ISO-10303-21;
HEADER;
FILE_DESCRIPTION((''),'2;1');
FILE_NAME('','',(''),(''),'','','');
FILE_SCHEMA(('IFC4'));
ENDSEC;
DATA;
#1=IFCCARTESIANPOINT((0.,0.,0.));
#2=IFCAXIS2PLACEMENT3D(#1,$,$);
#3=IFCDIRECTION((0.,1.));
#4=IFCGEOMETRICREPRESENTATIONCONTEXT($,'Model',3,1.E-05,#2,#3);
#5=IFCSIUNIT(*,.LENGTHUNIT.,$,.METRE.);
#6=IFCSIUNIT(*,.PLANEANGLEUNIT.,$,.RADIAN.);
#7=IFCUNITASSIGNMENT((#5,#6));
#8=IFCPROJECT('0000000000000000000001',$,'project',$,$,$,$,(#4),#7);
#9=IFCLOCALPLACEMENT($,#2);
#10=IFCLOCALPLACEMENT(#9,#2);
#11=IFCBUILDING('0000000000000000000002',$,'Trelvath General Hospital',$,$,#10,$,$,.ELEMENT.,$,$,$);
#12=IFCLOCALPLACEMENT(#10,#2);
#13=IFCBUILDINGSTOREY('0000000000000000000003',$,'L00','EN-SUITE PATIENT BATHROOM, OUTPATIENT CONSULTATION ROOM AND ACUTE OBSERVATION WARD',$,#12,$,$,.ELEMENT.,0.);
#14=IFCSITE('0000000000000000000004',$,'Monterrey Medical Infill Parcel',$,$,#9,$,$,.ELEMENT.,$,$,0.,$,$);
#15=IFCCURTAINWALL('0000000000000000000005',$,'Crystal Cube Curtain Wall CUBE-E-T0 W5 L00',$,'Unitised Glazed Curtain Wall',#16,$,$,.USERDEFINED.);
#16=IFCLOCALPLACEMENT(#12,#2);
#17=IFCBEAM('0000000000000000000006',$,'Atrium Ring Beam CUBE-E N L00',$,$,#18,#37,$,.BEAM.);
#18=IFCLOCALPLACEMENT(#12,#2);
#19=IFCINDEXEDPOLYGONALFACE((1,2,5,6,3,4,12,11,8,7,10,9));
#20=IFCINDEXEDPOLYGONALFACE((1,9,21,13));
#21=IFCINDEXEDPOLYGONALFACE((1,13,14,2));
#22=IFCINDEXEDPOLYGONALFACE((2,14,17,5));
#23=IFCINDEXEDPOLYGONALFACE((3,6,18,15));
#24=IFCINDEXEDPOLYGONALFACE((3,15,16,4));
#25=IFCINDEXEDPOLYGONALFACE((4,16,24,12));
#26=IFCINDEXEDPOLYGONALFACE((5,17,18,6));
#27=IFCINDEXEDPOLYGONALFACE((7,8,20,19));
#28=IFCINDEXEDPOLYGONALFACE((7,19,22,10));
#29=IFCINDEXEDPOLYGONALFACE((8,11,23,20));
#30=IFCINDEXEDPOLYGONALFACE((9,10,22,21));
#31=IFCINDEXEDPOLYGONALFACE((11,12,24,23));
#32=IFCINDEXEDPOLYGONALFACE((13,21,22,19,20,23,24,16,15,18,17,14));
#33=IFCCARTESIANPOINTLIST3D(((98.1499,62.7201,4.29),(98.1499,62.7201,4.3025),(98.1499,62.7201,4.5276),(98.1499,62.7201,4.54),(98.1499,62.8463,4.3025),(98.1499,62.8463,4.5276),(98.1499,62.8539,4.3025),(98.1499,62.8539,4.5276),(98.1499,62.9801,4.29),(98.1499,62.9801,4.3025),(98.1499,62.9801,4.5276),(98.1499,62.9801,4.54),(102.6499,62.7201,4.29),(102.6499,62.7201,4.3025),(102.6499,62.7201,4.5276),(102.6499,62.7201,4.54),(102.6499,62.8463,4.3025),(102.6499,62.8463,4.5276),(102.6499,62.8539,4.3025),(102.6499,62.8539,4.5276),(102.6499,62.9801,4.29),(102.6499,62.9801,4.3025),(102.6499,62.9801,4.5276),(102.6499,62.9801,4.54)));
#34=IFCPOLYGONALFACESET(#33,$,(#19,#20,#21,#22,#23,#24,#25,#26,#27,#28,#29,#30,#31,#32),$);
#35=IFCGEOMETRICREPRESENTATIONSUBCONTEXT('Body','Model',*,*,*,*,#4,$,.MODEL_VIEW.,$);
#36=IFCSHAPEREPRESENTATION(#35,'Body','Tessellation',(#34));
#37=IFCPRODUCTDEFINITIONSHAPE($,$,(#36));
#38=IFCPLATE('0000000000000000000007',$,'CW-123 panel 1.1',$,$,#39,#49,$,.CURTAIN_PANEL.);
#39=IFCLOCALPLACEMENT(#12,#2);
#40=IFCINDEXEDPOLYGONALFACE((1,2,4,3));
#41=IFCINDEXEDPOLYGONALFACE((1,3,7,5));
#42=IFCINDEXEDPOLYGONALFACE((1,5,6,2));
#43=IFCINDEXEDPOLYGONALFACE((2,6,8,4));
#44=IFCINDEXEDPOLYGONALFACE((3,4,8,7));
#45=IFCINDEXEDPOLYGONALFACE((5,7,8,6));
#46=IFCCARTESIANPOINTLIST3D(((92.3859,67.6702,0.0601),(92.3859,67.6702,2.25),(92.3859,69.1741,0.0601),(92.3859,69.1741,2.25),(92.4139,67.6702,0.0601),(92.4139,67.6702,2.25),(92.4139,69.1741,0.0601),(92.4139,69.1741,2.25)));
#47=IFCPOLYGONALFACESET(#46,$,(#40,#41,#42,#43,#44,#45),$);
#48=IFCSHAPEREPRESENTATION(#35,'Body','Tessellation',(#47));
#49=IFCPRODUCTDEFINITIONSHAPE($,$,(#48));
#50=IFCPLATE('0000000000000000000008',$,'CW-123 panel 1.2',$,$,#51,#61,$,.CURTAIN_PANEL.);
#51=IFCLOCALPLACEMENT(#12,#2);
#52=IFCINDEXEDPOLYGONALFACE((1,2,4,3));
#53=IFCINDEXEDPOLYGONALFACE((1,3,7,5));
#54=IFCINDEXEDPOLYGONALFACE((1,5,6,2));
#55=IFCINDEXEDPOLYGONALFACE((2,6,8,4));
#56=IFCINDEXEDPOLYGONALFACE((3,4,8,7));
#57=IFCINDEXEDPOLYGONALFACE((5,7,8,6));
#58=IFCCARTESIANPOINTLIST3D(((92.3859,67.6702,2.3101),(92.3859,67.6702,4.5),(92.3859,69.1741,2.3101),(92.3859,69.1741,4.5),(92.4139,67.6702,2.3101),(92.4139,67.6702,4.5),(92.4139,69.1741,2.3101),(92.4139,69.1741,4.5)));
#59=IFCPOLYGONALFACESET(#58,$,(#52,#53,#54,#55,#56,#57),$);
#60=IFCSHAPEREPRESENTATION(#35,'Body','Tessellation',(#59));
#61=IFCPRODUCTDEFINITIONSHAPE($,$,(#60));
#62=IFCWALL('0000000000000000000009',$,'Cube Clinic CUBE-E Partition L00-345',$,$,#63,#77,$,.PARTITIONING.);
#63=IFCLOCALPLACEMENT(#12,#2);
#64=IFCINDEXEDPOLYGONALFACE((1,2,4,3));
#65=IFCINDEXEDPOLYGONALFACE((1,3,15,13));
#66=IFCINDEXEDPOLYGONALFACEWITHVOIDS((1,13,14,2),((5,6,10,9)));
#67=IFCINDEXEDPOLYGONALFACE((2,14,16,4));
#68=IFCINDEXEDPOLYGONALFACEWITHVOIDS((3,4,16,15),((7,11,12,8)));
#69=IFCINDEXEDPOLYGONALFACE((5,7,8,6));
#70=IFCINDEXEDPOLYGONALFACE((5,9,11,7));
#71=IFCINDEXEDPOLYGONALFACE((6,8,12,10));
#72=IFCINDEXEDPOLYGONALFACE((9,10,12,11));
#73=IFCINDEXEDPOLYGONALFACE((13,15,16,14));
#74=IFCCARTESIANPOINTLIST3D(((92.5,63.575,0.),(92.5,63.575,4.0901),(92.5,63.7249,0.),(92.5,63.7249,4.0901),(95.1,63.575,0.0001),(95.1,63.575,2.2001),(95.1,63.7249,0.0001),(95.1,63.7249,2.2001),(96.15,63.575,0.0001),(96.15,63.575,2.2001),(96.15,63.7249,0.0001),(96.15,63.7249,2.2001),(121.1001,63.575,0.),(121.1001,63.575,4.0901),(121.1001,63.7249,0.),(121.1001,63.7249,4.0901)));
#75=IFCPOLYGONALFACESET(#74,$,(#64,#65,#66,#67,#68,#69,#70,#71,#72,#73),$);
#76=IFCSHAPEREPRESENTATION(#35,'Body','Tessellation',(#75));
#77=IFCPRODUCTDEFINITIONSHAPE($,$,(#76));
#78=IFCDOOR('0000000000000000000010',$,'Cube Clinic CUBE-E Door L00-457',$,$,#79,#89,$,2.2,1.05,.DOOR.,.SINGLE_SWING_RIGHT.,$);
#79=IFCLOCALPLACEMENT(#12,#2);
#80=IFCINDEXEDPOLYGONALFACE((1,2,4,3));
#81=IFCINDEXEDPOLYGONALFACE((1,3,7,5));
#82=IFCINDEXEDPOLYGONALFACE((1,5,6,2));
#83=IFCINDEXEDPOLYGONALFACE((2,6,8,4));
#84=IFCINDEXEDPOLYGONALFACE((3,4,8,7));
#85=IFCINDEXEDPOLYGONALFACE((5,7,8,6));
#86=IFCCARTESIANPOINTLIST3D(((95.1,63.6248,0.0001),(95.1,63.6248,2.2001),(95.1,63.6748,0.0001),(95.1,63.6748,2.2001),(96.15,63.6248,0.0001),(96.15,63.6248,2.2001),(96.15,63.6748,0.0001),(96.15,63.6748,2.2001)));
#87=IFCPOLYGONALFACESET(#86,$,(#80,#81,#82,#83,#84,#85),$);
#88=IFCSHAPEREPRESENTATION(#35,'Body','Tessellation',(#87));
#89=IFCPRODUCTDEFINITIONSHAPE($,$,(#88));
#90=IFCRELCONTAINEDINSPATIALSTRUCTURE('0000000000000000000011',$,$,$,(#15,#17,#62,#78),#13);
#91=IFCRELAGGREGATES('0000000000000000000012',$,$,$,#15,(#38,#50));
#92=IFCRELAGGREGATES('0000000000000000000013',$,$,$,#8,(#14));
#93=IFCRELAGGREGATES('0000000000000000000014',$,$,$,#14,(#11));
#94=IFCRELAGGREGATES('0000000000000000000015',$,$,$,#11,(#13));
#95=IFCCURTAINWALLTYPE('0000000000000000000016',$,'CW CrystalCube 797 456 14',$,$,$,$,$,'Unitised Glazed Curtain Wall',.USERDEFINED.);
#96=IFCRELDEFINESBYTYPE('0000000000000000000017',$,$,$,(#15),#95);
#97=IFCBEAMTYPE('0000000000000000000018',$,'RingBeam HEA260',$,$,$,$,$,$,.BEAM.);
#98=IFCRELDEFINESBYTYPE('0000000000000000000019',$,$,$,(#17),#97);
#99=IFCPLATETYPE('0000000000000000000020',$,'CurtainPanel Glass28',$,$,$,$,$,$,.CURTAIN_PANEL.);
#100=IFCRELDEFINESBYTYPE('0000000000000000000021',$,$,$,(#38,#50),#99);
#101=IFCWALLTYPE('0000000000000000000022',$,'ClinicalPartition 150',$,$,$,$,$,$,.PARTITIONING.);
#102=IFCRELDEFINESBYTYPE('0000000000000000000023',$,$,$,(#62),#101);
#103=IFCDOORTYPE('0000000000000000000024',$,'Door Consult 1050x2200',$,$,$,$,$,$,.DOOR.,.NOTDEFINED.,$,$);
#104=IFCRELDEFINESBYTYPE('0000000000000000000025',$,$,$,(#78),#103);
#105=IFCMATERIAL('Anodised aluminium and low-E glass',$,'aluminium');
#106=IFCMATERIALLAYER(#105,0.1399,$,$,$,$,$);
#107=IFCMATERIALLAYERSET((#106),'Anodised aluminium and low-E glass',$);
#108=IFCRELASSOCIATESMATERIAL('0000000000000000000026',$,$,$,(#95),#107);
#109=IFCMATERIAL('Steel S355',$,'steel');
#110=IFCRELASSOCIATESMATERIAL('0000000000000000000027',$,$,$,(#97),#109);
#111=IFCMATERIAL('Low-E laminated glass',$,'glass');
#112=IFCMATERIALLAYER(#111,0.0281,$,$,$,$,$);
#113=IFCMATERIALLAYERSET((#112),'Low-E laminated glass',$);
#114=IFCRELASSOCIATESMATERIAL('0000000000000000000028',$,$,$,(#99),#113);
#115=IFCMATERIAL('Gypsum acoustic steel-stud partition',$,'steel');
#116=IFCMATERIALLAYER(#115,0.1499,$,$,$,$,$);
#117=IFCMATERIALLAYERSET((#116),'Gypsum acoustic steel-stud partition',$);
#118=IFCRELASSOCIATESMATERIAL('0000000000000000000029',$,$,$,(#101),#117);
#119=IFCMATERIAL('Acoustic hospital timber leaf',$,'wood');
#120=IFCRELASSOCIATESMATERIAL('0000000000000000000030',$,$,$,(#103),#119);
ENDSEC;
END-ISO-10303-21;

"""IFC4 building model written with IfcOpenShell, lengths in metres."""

from ifc_helpers import new_model, si_unit, direction, frame, frame_2d, origin, origin_2d, place, context, subcontext, project, spatial, rectangle, i_section, extrude, material, layer, layer_set, material_profile, profile_set, type_object, element, fill, aggregate, save


model = new_model("IFC4")

# Units and contexts
model_context = context("Model", 3, precision=1e-05, world=origin(), true_north=direction((0.0, 1.0)))
body_context = subcontext(model_context, "Body", "Model", "MODEL_VIEW")
ifc_project = project(units=[si_unit("LENGTHUNIT", "METRE"), si_unit("PLANEANGLEUNIT", "RADIAN")], contexts=[model_context])

# Site, building, storey
site_placement = place(None, origin())
site = spatial("IfcSite", under=ifc_project, at=site_placement, Name="Monterrey Medical Infill Parcel", CompositionType="ELEMENT", RefElevation=0.0)
building_placement = place(site_placement, origin())
building = spatial("IfcBuilding", under=site, at=building_placement, Name="Trelvath General Hospital", CompositionType="ELEMENT")
storey_placement = place(building_placement, origin())
storey = spatial("IfcBuildingStorey", under=building, at=storey_placement, Name="L00", Description="EN-SUITE PATIENT BATHROOM, OUTPATIENT CONSULTATION ROOM AND ACUTE OBSERVATION WARD", CompositionType="ELEMENT", Elevation=0.0)

# Curtain wall
ifc_material_1 = material(Name="Anodised aluminium and low-E glass", Category="aluminium")
ifc_layer_1 = layer(ifc_material_1, 0.1399)
ifc_layer_set_1 = layer_set([ifc_layer_1], Name="Anodised aluminium and low-E glass")
curtain_wall_type_1 = type_object("IfcCurtainWallType", Name="CW CrystalCube 797 456 14", ElementType="Unitised Glazed Curtain Wall", PredefinedType="USERDEFINED", material=ifc_layer_set_1)
curtain_wall_1_placement = place(storey_placement, origin())
curtain_wall_1 = element("IfcCurtainWall", 1, at=curtain_wall_1_placement, inside=storey, type_object=curtain_wall_type_1, Name="Crystal Cube Curtain Wall CUBE-E-T0 W5 L00", ObjectType="Unitised Glazed Curtain Wall", PredefinedType="USERDEFINED")

# Beam
ifc_material_2 = material(Name="Steel S355", Category="steel")
ifc_material_profile_1 = material_profile(ifc_material_2, i_section(OverallWidth=0.26, OverallDepth=0.25, WebThickness=0.0076, FlangeThickness=0.0125, at=origin_2d()), Name="HEA260")
ifc_profile_set_1 = profile_set([ifc_material_profile_1], Name="Steel S355")
beam_type = type_object("IfcBeamType", Name="RingBeam HEA260", PredefinedType="BEAM", material=ifc_profile_set_1)
beam_placement = place(storey_placement, frame((98.1499, 62.8501, 4.415), z_axis=(1.0, 0.0, 0.0), x_axis=(0.0, 1.0, 0.0)))
element("IfcBeam", 2, at=beam_placement, inside=storey, type_object=beam_type, Name="Atrium Ring Beam CUBE-E N L00", PredefinedType="BEAM", context=body_context, shape_type="SweptSolid", body=[
    extrude(i_section(OverallWidth=0.26, OverallDepth=0.25, WebThickness=0.0076, FlangeThickness=0.0125, at=origin_2d()), origin(), (0.0, 0.0, 1.0), 4.5),
])

# Plates
ifc_material_3 = material(Name="Low-E laminated glass", Category="glass")
ifc_layer_2 = layer(ifc_material_3, 0.0281)
ifc_layer_set_2 = layer_set([ifc_layer_2], Name="Low-E laminated glass")
plate_type = type_object("IfcPlateType", Name="CurtainPanel Glass28", PredefinedType="CURTAIN_PANEL", material=ifc_layer_set_2)
plate_1_placement = place(storey_placement, frame((92.3999, 68.4221, 0.0601), z_axis=(0.0, 0.0, 1.0), x_axis=(0.0, 1.0, 0.0)))
plate_1 = element("IfcPlate", 3, at=plate_1_placement, type_object=plate_type, Name="CW-123 panel 1.1", PredefinedType="CURTAIN_PANEL", context=body_context, shape_type="SweptSolid", body=[
    extrude(rectangle(XDim=1.5039, YDim=0.0281, at=origin_2d()), origin(), (0.0, 0.0, 1.0), 2.1899),
])
plate_2_placement = place(storey_placement, frame((92.3999, 68.4221, 2.3101), z_axis=(0.0, 0.0, 1.0), x_axis=(0.0, 1.0, 0.0)))
plate_2 = element("IfcPlate", 4, at=plate_2_placement, type_object=plate_type, Name="CW-123 panel 1.2", PredefinedType="CURTAIN_PANEL", context=body_context, shape_type="SweptSolid", body=[
    extrude(rectangle(XDim=1.5039, YDim=0.0281, at=origin_2d()), origin(), (0.0, 0.0, 1.0), 2.1899),
])
aggregate(curtain_wall_1, [plate_1, plate_2])

# Wall, opening, door
ifc_material_4 = material(Name="Gypsum acoustic steel-stud partition", Category="steel")
ifc_layer_3 = layer(ifc_material_4, 0.1499)
ifc_layer_set_3 = layer_set([ifc_layer_3], Name="Gypsum acoustic steel-stud partition")
wall_type_1 = type_object("IfcWallType", Name="ClinicalPartition 150", PredefinedType="PARTITIONING", material=ifc_layer_set_3)
wall_1_placement = place(storey_placement, frame((92.5, 63.6499, 0.0), z_axis=(0.0, 0.0, 1.0), x_axis=(1.0, 0.0, 0.0)))
wall_1 = element("IfcWall", 5, at=wall_1_placement, inside=storey, type_object=wall_type_1, Name="Cube Clinic CUBE-E Partition L00-345", PredefinedType="PARTITIONING", context=body_context, shape_type="SweptSolid", body=[
    extrude(rectangle(XDim=28.6001, YDim=0.1499, at=frame_2d((14.3, 0.0))), origin(), (0.0, 0.0, 1.0), 4.0901),
])
opening_1_placement = place(wall_1_placement, frame((2.6001, 0.0, 0.0)))
opening_1 = element("IfcOpeningElement", 6, at=opening_1_placement, cuts=wall_1, PredefinedType="OPENING", context=body_context, shape_type="SweptSolid", body=[
    extrude(rectangle(XDim=1.05, YDim=2.2, at=frame_2d((0.5249, 1.1001))), frame((0.0, 0.085, 0.0), z_axis=(0.0, -1.0, 0.0), x_axis=(1.0, 0.0, 0.0)), (0.0, 0.0, 1.0), 0.1699),
])
ifc_material_5 = material(Name="Acoustic hospital timber leaf", Category="wood")
door_type_1 = type_object("IfcDoorType", Name="Door Consult 1050x2200", OperationType="NOTDEFINED", PredefinedType="DOOR", material=ifc_material_5)
door_1_placement = place(opening_1_placement, origin())
door_1 = element("IfcDoor", 7, at=door_1_placement, inside=storey, type_object=door_type_1, Name="Cube Clinic CUBE-E Door L00-457", OperationType="SINGLE_SWING_RIGHT", OverallHeight=2.2, OverallWidth=1.05, PredefinedType="DOOR", context=body_context, shape_type="SweptSolid", body=[
    extrude(rectangle(XDim=1.05, YDim=2.2, at=frame_2d((0.5249, 1.1001))), frame((0.0, 0.0249, 0.0), z_axis=(0.0, -1.0, 0.0), x_axis=(1.0, 0.0, 0.0)), (0.0, 0.0, 1.0), 0.05),
])
fill(opening_1, door_1)

save(model, "model.ifc")
